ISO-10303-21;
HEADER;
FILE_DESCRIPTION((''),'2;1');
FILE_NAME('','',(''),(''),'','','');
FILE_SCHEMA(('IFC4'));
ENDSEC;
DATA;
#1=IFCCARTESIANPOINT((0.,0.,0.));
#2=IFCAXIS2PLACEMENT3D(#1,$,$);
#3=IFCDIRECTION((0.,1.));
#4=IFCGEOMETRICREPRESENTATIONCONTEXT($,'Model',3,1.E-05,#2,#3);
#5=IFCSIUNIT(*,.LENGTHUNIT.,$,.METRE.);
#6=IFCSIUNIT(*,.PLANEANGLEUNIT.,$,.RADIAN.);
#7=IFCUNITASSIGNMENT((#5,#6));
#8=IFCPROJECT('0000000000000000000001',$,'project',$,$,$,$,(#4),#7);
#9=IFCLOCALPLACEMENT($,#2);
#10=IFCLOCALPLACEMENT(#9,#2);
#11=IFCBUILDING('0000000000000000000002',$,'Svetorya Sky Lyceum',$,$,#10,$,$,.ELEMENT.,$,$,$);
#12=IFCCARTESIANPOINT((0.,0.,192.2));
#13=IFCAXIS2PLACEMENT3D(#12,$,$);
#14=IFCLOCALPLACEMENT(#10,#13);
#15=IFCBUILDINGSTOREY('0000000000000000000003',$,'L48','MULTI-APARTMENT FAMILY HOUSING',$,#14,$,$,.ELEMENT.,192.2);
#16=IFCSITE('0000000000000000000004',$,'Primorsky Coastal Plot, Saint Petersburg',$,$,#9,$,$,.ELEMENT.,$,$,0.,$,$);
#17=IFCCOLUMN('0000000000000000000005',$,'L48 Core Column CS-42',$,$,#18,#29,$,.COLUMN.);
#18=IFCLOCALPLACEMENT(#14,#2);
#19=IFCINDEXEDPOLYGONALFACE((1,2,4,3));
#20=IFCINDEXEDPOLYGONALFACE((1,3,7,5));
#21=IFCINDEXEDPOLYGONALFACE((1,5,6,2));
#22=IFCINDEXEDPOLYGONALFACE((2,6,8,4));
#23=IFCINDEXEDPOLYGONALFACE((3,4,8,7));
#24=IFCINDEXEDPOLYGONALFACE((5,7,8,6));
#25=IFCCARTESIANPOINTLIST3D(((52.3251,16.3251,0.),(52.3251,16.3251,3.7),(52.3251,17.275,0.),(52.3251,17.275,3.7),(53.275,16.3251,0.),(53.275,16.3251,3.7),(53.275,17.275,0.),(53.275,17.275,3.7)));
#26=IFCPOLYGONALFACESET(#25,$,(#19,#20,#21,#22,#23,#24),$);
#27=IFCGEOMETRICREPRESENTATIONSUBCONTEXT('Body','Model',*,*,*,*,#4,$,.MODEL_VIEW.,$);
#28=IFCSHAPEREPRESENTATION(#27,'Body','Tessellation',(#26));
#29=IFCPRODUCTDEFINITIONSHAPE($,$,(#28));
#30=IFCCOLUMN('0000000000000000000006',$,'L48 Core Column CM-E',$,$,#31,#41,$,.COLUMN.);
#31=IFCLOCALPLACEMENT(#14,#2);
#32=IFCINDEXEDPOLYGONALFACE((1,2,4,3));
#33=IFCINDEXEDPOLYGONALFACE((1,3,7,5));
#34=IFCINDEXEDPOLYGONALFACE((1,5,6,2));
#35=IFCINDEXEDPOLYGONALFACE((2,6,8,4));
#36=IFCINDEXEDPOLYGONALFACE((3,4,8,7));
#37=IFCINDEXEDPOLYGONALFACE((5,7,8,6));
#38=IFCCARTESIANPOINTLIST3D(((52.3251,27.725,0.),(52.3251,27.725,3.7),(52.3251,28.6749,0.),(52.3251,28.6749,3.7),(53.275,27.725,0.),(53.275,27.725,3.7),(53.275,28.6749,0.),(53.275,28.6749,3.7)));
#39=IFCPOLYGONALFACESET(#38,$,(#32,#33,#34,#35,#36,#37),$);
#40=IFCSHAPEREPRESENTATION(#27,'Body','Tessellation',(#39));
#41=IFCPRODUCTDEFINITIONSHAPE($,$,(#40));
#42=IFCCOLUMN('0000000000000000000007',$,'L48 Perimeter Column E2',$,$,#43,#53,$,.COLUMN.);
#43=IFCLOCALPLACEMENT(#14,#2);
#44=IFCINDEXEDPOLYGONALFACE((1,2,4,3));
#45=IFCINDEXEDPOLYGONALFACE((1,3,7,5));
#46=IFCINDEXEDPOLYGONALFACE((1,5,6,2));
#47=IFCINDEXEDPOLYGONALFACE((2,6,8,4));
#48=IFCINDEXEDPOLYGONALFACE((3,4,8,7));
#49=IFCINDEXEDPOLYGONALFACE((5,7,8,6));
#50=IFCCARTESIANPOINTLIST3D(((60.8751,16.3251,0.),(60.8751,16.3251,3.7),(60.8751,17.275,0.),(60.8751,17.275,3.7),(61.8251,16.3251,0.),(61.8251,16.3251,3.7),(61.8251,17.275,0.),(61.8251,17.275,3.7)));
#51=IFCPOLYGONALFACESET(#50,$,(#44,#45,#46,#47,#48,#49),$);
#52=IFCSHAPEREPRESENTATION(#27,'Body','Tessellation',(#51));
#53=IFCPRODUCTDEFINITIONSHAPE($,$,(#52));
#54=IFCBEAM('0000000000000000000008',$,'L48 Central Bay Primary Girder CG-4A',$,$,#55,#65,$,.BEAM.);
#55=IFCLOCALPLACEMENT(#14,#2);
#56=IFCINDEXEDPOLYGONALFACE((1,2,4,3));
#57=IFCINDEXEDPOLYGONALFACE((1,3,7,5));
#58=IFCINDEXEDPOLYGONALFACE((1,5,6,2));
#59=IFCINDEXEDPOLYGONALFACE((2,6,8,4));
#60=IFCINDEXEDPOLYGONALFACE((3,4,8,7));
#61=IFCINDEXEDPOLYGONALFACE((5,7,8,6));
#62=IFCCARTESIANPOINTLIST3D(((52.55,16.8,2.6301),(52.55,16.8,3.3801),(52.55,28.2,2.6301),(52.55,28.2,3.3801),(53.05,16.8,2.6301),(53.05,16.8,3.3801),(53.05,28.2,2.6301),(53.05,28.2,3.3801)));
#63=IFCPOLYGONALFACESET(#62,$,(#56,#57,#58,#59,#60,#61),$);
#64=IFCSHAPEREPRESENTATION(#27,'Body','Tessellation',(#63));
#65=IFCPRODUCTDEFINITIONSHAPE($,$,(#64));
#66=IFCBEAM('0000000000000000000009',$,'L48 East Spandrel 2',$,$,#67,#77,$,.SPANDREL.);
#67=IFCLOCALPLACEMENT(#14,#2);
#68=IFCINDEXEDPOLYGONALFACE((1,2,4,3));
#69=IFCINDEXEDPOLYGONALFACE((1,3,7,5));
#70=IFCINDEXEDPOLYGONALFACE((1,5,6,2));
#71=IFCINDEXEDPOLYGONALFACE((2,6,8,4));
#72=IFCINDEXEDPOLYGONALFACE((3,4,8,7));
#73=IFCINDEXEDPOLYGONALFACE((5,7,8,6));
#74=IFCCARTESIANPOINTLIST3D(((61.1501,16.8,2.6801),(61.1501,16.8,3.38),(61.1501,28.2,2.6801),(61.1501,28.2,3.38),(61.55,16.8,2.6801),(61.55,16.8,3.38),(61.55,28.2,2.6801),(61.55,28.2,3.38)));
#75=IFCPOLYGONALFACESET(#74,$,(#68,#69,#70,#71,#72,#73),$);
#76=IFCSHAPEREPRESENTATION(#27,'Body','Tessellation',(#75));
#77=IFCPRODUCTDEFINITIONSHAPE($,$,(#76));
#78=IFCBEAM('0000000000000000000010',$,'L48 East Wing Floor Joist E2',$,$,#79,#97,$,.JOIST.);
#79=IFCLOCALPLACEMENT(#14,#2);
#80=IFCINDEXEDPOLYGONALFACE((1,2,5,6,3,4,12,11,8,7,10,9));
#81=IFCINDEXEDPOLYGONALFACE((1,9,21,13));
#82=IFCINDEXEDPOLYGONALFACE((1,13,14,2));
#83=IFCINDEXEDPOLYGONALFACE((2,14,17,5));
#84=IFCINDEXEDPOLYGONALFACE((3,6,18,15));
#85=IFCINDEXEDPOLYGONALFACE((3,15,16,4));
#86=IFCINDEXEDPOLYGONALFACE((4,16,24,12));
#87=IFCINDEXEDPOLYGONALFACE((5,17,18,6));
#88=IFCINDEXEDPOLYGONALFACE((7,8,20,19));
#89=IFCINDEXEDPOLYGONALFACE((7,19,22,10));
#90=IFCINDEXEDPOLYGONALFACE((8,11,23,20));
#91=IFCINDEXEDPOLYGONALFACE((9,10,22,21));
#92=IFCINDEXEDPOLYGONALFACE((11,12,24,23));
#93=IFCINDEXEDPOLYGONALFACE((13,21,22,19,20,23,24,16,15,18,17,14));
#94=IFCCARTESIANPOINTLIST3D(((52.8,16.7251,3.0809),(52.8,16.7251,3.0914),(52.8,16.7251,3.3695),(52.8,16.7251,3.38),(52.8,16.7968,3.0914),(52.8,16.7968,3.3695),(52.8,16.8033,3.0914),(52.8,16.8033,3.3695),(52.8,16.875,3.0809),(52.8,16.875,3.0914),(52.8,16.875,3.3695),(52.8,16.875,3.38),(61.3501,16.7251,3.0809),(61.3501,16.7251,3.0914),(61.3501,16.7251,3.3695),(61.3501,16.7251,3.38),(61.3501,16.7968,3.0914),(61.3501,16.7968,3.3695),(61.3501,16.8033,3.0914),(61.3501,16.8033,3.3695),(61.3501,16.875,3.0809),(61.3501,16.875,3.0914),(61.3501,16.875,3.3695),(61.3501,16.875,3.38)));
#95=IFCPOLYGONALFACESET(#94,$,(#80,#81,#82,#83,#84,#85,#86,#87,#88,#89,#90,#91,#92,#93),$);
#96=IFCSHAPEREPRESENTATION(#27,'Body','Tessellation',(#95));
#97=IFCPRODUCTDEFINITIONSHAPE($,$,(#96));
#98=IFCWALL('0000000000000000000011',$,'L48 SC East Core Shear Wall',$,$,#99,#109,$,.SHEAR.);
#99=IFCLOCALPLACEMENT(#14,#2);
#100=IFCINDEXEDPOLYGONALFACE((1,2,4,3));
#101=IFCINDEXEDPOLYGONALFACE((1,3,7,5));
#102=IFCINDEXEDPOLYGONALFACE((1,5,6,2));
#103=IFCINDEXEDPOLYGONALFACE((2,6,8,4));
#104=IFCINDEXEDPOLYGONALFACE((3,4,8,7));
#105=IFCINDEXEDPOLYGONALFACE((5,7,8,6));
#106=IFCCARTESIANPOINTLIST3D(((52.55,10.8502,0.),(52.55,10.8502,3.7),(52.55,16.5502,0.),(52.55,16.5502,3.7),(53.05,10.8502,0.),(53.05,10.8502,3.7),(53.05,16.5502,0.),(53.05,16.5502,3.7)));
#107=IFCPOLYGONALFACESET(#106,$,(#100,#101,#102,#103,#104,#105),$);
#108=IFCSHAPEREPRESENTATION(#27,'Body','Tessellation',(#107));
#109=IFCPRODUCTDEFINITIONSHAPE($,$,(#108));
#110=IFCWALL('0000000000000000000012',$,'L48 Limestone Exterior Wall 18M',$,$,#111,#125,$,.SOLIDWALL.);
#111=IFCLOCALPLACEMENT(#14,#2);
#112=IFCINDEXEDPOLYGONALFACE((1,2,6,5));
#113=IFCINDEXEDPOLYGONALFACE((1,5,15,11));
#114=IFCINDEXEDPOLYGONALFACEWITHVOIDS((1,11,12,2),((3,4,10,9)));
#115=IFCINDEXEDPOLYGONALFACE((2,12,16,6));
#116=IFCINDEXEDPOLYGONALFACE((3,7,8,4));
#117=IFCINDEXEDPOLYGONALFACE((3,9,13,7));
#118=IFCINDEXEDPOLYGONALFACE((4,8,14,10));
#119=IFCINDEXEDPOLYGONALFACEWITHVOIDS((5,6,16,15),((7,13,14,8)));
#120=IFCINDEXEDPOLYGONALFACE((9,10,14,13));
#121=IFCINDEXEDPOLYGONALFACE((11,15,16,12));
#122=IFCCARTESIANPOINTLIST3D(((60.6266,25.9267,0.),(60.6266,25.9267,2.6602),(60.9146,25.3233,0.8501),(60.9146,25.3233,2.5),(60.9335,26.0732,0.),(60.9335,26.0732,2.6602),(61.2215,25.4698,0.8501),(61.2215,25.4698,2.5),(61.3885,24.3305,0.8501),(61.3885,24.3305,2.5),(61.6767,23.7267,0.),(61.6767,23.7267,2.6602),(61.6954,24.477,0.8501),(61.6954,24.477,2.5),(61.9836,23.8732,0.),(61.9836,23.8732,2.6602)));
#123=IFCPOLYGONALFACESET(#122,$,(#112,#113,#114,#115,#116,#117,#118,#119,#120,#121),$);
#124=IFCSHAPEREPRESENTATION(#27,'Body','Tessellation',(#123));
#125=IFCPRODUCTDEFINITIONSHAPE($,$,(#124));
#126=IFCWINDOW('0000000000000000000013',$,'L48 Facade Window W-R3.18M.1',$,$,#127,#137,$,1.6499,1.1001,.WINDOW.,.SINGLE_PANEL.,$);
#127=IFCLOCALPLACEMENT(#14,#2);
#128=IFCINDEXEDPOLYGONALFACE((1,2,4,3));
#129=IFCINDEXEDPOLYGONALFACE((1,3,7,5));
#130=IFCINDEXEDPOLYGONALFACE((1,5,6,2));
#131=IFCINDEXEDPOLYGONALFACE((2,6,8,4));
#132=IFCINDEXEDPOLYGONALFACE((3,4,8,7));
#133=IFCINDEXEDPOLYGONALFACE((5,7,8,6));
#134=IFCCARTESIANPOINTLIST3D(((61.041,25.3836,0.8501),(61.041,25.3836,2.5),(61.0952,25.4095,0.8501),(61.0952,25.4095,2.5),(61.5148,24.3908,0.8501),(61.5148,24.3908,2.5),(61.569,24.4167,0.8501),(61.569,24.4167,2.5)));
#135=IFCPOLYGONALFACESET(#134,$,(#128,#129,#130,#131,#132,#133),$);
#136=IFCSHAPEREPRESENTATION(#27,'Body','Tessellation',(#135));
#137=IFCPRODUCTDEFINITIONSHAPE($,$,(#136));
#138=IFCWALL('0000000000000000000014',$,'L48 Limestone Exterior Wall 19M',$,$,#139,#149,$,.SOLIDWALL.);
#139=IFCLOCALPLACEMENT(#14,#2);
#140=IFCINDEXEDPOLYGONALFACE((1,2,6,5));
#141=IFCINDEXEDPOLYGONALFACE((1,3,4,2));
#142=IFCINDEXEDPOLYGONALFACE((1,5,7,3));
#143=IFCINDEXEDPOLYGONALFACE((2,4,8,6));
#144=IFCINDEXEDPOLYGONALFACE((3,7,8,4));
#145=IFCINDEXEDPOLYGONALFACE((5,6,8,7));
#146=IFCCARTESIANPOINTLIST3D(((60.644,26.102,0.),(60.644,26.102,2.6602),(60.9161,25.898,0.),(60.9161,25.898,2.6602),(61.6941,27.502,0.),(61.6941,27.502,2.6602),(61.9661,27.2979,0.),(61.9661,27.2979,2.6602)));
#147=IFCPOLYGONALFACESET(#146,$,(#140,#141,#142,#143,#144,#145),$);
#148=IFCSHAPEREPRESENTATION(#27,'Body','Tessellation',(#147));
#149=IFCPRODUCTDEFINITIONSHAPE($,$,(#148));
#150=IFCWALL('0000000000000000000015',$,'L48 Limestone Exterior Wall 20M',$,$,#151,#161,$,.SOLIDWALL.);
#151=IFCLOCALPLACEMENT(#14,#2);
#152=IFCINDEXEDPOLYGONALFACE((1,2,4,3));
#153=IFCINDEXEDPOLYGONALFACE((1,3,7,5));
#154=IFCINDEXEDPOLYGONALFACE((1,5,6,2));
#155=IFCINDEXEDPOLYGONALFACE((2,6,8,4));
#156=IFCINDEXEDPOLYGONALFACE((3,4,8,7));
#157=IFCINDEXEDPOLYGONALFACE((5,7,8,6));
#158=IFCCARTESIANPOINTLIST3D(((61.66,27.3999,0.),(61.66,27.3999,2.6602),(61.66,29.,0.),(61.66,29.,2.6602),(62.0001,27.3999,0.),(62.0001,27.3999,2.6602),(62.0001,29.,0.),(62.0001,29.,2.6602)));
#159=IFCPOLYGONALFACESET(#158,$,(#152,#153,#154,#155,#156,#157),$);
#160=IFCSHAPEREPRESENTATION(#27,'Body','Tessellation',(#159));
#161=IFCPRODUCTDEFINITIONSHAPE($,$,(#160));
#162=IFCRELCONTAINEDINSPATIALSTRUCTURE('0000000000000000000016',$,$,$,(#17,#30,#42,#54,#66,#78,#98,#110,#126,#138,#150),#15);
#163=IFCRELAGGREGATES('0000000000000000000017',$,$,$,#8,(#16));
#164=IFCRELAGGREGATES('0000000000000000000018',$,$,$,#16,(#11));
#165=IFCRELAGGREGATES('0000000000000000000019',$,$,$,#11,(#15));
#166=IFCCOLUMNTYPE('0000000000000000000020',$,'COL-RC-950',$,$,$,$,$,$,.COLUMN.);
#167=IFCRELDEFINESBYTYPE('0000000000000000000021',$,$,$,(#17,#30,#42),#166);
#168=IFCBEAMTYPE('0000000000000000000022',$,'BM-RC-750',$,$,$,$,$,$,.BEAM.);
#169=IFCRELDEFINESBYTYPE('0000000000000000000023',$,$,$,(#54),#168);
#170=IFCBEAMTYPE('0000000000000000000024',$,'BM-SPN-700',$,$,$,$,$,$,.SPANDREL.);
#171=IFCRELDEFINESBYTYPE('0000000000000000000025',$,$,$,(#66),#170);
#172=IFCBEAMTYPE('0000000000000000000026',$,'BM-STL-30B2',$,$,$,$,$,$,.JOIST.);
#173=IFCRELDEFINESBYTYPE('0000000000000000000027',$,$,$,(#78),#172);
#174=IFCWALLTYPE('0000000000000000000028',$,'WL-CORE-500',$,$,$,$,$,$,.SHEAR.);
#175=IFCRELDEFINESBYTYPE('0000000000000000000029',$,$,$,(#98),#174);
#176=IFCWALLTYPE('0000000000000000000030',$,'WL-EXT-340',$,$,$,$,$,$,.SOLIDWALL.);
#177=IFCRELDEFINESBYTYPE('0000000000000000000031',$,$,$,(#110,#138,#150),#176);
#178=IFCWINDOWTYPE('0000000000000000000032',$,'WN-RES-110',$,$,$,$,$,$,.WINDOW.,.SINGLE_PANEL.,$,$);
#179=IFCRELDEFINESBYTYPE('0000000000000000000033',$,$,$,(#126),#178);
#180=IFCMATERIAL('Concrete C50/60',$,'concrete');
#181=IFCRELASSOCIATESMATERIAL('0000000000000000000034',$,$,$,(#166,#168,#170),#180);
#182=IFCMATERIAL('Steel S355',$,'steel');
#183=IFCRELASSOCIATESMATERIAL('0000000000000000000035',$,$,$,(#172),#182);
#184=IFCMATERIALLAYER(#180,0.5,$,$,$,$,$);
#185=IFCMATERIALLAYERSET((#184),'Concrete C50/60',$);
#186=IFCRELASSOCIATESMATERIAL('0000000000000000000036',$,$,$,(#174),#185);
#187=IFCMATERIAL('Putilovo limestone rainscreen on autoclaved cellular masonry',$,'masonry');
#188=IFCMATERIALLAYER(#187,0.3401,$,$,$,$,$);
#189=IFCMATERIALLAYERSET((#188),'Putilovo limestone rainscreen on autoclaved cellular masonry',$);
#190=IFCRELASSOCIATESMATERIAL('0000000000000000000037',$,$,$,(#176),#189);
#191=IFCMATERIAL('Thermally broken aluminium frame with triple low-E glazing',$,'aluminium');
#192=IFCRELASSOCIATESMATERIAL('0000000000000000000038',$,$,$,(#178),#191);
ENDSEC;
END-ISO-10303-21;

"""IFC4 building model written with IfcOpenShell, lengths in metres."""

from ifc_helpers import new_model, si_unit, direction, frame, frame_2d, origin, origin_2d, place, context, subcontext, project, spatial, rectangle, i_section, extrude, material, layer, layer_set, material_profile, profile_set, type_object, element, fill, save


model = new_model("IFC4")

# Units and contexts
model_context = context("Model", 3, precision=1e-05, world=origin(), true_north=direction((0.0, 1.0)))
body_context = subcontext(model_context, "Body", "Model", "MODEL_VIEW")
ifc_project = project(units=[si_unit("LENGTHUNIT", "METRE"), si_unit("PLANEANGLEUNIT", "RADIAN")], contexts=[model_context])

# Site, building, storey
site_placement = place(None, origin())
site = spatial("IfcSite", under=ifc_project, at=site_placement, Name="Primorsky Coastal Plot, Saint Petersburg", CompositionType="ELEMENT", RefElevation=0.0)
building_placement = place(site_placement, origin())
building = spatial("IfcBuilding", under=site, at=building_placement, Name="Svetorya Sky Lyceum", CompositionType="ELEMENT")
storey_placement = place(building_placement, frame((0.0, 0.0, 192.2)))
storey = spatial("IfcBuildingStorey", under=building, at=storey_placement, Name="L48", Description="MULTI-APARTMENT FAMILY HOUSING", CompositionType="ELEMENT", Elevation=192.2)

# Columns
ifc_material_1 = material(Name="Concrete C50/60", Category="concrete")
ifc_material_profile_1 = material_profile(ifc_material_1, rectangle(XDim=0.95, YDim=0.95, at=origin_2d()), Name="RC COL 950x950")
ifc_profile_set_1 = profile_set([ifc_material_profile_1], Name="Concrete C50/60")
column_type = type_object("IfcColumnType", Name="COL-RC-950", PredefinedType="COLUMN", material=ifc_profile_set_1)
for number, where, z_axis, x_axis, name in (
    (1, (52.8, 16.8, 0.0), (0.0, 0.0, 1.0), (1.0, 0.0, 0.0), "L48 Core Column CS-42"),
    (2, (52.8, 28.2, 0.0), (0.0, 0.0, 1.0), (1.0, 0.0, 0.0), "L48 Core Column CM-E"),
    (3, (61.3501, 16.8, 0.0), (0.0, 0.0, 1.0), (1.0, 0.0, 0.0), "L48 Perimeter Column E2"),
):
    element("IfcColumn", number, at=place(storey_placement, frame(where, z_axis=z_axis, x_axis=x_axis)), inside=storey, type_object=column_type, Name=name, PredefinedType="COLUMN", context=body_context, shape_type="SweptSolid", body=[
        extrude(rectangle(XDim=0.95, YDim=0.95, at=origin_2d()), origin(), (0.0, 0.0, 1.0), 3.7),
    ])

# Beams
ifc_material_profile_2 = material_profile(ifc_material_1, rectangle(XDim=0.5, YDim=0.75, at=origin_2d()), Name="RC BEAM 500x750")
ifc_profile_set_2 = profile_set([ifc_material_profile_2], Name="Concrete C50/60")
beam_type_1 = type_object("IfcBeamType", Name="BM-RC-750", PredefinedType="BEAM", material=ifc_profile_set_2)
beam_1_placement = place(storey_placement, frame((52.8, 16.8, 3.0051), z_axis=(0.0, 1.0, 0.0), x_axis=(-1.0, 0.0, 0.0)))
element("IfcBeam", 4, at=beam_1_placement, inside=storey, type_object=beam_type_1, Name="L48 Central Bay Primary Girder CG-4A", PredefinedType="BEAM", context=body_context, shape_type="SweptSolid", body=[
    extrude(rectangle(XDim=0.5, YDim=0.75, at=origin_2d()), origin(), (0.0, 0.0, 1.0), 11.3999),
])
ifc_material_profile_3 = material_profile(ifc_material_1, rectangle(XDim=0.3999, YDim=0.7, at=origin_2d()), Name="RC SPANDREL 400x700")
ifc_profile_set_3 = profile_set([ifc_material_profile_3], Name="Concrete C50/60")
beam_type_2 = type_object("IfcBeamType", Name="BM-SPN-700", PredefinedType="SPANDREL", material=ifc_profile_set_3)
beam_2_placement = place(storey_placement, frame((61.3501, 16.8, 3.03), z_axis=(0.0, 1.0, 0.0), x_axis=(-1.0, 0.0, 0.0)))
element("IfcBeam", 5, at=beam_2_placement, inside=storey, type_object=beam_type_2, Name="L48 East Spandrel 2", PredefinedType="SPANDREL", context=body_context, shape_type="SweptSolid", body=[
    extrude(rectangle(XDim=0.3999, YDim=0.7, at=origin_2d()), origin(), (0.0, 0.0, 1.0), 11.3999),
])
ifc_material_2 = material(Name="Steel S355", Category="steel")
ifc_material_profile_4 = material_profile(ifc_material_2, i_section(OverallWidth=0.1499, OverallDepth=0.2991, WebThickness=0.0066, FlangeThickness=0.0105, at=origin_2d()), Name="GOST 30B2")
ifc_profile_set_4 = profile_set([ifc_material_profile_4], Name="Steel S355")
beam_type_3 = type_object("IfcBeamType", Name="BM-STL-30B2", PredefinedType="JOIST", material=ifc_profile_set_4)
beam_3_placement = place(storey_placement, frame((52.8, 16.8, 3.2305), z_axis=(1.0, 0.0, 0.0), x_axis=(0.0, 1.0, 0.0)))
element("IfcBeam", 6, at=beam_3_placement, inside=storey, type_object=beam_type_3, Name="L48 East Wing Floor Joist E2", PredefinedType="JOIST", context=body_context, shape_type="SweptSolid", body=[
    extrude(i_section(OverallWidth=0.1499, OverallDepth=0.2991, WebThickness=0.0066, FlangeThickness=0.0105, at=origin_2d()), origin(), (0.0, 0.0, 1.0), 8.55),
])

# Wall
ifc_layer_1 = layer(ifc_material_1, 0.5)
ifc_layer_set_1 = layer_set([ifc_layer_1], Name="Concrete C50/60")
wall_type_1 = type_object("IfcWallType", Name="WL-CORE-500", PredefinedType="SHEAR", material=ifc_layer_set_1)
wall_1_placement = place(storey_placement, frame((52.8, 10.8501, 0.0), z_axis=(0.0, 0.0, 1.0), x_axis=(0.0, 1.0, 0.0)))
element("IfcWall", 7, at=wall_1_placement, inside=storey, type_object=wall_type_1, Name="L48 SC East Core Shear Wall", PredefinedType="SHEAR", context=body_context, shape_type="SweptSolid", body=[
    extrude(rectangle(XDim=5.7, YDim=0.5, at=frame_2d((2.8501, 0.0))), origin(), (0.0, 0.0, 1.0), 3.7),
])

# Wall, opening, window
ifc_material_3 = material(Name="Putilovo limestone rainscreen on autoclaved cellular masonry", Category="masonry")
ifc_layer_2 = layer(ifc_material_3, 0.3401)
ifc_layer_set_2 = layer_set([ifc_layer_2], Name="Putilovo limestone rainscreen on autoclaved cellular masonry")
wall_type_2 = type_object("IfcWallType", Name="WL-EXT-340", PredefinedType="SOLIDWALL", material=ifc_layer_set_2)
wall_2_placement = place(storey_placement, frame((61.8301, 23.8, 0.0), z_axis=(0.0, 0.0, 1.0), x_axis=(-0.430754, 0.90247, 0.0)))
wall_2 = element("IfcWall", 8, at=wall_2_placement, inside=storey, type_object=wall_type_2, Name="L48 Limestone Exterior Wall 18M", PredefinedType="SOLIDWALL", context=body_context, shape_type="SweptSolid", body=[
    extrude(rectangle(XDim=2.4377, YDim=0.3401, at=frame_2d((1.2188, 0.0))), origin(), (0.0, 0.0, 1.0), 2.6602),
])
opening_1_placement = place(wall_2_placement, frame((0.6689, 0.0, 0.8501)))
opening_1 = element("IfcOpeningElement", 9, at=opening_1_placement, cuts=wall_2, PredefinedType="OPENING", context=body_context, shape_type="SweptSolid", body=[
    extrude(rectangle(XDim=1.1001, YDim=1.6499, at=frame_2d((0.55, 0.825))), frame((0.0, 0.1799, 0.0), z_axis=(0.0, -1.0, 0.0), x_axis=(1.0, 0.0, 0.0)), (0.0, 0.0, 1.0), 0.3601),
])
ifc_material_4 = material(Name="Thermally broken aluminium frame with triple low-E glazing", Category="aluminium")
window_type = type_object("IfcWindowType", Name="WN-RES-110", PartitioningType="SINGLE_PANEL", PredefinedType="WINDOW", material=ifc_material_4)
window_placement = place(opening_1_placement, origin())
window = element("IfcWindow", 10, at=window_placement, inside=storey, type_object=window_type, Name="L48 Facade Window W-R3.18M.1", OverallHeight=1.6499, OverallWidth=1.1001, PartitioningType="SINGLE_PANEL", PredefinedType="WINDOW", context=body_context, shape_type="SweptSolid", body=[
    extrude(rectangle(XDim=1.1001, YDim=1.6499, at=frame_2d((0.55, 0.825))), frame((0.0, 0.03, 0.0), z_axis=(0.0, -1.0, 0.0), x_axis=(1.0, 0.0, 0.0)), (0.0, 0.0, 1.0), 0.0601),
])
fill(opening_1, window)

# Walls
wall_3_placement = place(storey_placement, frame((60.78, 26.0, 0.0), z_axis=(0.0, 0.0, 1.0), x_axis=(0.600045, 0.799967, 0.0)))
element("IfcWall", 11, at=wall_3_placement, inside=storey, type_object=wall_type_2, Name="L48 Limestone Exterior Wall 19M", PredefinedType="SOLIDWALL", context=body_context, shape_type="SweptSolid", body=[
    extrude(rectangle(XDim=1.75, YDim=0.3401, at=frame_2d((0.875, 0.0))), origin(), (0.0, 0.0, 1.0), 2.6602),
])
wall_4_placement = place(storey_placement, frame((61.8301, 27.3999, 0.0), z_axis=(0.0, 0.0, 1.0), x_axis=(0.0, 1.0, 0.0)))
element("IfcWall", 12, at=wall_4_placement, inside=storey, type_object=wall_type_2, Name="L48 Limestone Exterior Wall 20M", PredefinedType="SOLIDWALL", context=body_context, shape_type="SweptSolid", body=[
    extrude(rectangle(XDim=1.6001, YDim=0.3401, at=frame_2d((0.8, 0.0))), origin(), (0.0, 0.0, 1.0), 2.6602),
])

save(model, "model.ifc")
